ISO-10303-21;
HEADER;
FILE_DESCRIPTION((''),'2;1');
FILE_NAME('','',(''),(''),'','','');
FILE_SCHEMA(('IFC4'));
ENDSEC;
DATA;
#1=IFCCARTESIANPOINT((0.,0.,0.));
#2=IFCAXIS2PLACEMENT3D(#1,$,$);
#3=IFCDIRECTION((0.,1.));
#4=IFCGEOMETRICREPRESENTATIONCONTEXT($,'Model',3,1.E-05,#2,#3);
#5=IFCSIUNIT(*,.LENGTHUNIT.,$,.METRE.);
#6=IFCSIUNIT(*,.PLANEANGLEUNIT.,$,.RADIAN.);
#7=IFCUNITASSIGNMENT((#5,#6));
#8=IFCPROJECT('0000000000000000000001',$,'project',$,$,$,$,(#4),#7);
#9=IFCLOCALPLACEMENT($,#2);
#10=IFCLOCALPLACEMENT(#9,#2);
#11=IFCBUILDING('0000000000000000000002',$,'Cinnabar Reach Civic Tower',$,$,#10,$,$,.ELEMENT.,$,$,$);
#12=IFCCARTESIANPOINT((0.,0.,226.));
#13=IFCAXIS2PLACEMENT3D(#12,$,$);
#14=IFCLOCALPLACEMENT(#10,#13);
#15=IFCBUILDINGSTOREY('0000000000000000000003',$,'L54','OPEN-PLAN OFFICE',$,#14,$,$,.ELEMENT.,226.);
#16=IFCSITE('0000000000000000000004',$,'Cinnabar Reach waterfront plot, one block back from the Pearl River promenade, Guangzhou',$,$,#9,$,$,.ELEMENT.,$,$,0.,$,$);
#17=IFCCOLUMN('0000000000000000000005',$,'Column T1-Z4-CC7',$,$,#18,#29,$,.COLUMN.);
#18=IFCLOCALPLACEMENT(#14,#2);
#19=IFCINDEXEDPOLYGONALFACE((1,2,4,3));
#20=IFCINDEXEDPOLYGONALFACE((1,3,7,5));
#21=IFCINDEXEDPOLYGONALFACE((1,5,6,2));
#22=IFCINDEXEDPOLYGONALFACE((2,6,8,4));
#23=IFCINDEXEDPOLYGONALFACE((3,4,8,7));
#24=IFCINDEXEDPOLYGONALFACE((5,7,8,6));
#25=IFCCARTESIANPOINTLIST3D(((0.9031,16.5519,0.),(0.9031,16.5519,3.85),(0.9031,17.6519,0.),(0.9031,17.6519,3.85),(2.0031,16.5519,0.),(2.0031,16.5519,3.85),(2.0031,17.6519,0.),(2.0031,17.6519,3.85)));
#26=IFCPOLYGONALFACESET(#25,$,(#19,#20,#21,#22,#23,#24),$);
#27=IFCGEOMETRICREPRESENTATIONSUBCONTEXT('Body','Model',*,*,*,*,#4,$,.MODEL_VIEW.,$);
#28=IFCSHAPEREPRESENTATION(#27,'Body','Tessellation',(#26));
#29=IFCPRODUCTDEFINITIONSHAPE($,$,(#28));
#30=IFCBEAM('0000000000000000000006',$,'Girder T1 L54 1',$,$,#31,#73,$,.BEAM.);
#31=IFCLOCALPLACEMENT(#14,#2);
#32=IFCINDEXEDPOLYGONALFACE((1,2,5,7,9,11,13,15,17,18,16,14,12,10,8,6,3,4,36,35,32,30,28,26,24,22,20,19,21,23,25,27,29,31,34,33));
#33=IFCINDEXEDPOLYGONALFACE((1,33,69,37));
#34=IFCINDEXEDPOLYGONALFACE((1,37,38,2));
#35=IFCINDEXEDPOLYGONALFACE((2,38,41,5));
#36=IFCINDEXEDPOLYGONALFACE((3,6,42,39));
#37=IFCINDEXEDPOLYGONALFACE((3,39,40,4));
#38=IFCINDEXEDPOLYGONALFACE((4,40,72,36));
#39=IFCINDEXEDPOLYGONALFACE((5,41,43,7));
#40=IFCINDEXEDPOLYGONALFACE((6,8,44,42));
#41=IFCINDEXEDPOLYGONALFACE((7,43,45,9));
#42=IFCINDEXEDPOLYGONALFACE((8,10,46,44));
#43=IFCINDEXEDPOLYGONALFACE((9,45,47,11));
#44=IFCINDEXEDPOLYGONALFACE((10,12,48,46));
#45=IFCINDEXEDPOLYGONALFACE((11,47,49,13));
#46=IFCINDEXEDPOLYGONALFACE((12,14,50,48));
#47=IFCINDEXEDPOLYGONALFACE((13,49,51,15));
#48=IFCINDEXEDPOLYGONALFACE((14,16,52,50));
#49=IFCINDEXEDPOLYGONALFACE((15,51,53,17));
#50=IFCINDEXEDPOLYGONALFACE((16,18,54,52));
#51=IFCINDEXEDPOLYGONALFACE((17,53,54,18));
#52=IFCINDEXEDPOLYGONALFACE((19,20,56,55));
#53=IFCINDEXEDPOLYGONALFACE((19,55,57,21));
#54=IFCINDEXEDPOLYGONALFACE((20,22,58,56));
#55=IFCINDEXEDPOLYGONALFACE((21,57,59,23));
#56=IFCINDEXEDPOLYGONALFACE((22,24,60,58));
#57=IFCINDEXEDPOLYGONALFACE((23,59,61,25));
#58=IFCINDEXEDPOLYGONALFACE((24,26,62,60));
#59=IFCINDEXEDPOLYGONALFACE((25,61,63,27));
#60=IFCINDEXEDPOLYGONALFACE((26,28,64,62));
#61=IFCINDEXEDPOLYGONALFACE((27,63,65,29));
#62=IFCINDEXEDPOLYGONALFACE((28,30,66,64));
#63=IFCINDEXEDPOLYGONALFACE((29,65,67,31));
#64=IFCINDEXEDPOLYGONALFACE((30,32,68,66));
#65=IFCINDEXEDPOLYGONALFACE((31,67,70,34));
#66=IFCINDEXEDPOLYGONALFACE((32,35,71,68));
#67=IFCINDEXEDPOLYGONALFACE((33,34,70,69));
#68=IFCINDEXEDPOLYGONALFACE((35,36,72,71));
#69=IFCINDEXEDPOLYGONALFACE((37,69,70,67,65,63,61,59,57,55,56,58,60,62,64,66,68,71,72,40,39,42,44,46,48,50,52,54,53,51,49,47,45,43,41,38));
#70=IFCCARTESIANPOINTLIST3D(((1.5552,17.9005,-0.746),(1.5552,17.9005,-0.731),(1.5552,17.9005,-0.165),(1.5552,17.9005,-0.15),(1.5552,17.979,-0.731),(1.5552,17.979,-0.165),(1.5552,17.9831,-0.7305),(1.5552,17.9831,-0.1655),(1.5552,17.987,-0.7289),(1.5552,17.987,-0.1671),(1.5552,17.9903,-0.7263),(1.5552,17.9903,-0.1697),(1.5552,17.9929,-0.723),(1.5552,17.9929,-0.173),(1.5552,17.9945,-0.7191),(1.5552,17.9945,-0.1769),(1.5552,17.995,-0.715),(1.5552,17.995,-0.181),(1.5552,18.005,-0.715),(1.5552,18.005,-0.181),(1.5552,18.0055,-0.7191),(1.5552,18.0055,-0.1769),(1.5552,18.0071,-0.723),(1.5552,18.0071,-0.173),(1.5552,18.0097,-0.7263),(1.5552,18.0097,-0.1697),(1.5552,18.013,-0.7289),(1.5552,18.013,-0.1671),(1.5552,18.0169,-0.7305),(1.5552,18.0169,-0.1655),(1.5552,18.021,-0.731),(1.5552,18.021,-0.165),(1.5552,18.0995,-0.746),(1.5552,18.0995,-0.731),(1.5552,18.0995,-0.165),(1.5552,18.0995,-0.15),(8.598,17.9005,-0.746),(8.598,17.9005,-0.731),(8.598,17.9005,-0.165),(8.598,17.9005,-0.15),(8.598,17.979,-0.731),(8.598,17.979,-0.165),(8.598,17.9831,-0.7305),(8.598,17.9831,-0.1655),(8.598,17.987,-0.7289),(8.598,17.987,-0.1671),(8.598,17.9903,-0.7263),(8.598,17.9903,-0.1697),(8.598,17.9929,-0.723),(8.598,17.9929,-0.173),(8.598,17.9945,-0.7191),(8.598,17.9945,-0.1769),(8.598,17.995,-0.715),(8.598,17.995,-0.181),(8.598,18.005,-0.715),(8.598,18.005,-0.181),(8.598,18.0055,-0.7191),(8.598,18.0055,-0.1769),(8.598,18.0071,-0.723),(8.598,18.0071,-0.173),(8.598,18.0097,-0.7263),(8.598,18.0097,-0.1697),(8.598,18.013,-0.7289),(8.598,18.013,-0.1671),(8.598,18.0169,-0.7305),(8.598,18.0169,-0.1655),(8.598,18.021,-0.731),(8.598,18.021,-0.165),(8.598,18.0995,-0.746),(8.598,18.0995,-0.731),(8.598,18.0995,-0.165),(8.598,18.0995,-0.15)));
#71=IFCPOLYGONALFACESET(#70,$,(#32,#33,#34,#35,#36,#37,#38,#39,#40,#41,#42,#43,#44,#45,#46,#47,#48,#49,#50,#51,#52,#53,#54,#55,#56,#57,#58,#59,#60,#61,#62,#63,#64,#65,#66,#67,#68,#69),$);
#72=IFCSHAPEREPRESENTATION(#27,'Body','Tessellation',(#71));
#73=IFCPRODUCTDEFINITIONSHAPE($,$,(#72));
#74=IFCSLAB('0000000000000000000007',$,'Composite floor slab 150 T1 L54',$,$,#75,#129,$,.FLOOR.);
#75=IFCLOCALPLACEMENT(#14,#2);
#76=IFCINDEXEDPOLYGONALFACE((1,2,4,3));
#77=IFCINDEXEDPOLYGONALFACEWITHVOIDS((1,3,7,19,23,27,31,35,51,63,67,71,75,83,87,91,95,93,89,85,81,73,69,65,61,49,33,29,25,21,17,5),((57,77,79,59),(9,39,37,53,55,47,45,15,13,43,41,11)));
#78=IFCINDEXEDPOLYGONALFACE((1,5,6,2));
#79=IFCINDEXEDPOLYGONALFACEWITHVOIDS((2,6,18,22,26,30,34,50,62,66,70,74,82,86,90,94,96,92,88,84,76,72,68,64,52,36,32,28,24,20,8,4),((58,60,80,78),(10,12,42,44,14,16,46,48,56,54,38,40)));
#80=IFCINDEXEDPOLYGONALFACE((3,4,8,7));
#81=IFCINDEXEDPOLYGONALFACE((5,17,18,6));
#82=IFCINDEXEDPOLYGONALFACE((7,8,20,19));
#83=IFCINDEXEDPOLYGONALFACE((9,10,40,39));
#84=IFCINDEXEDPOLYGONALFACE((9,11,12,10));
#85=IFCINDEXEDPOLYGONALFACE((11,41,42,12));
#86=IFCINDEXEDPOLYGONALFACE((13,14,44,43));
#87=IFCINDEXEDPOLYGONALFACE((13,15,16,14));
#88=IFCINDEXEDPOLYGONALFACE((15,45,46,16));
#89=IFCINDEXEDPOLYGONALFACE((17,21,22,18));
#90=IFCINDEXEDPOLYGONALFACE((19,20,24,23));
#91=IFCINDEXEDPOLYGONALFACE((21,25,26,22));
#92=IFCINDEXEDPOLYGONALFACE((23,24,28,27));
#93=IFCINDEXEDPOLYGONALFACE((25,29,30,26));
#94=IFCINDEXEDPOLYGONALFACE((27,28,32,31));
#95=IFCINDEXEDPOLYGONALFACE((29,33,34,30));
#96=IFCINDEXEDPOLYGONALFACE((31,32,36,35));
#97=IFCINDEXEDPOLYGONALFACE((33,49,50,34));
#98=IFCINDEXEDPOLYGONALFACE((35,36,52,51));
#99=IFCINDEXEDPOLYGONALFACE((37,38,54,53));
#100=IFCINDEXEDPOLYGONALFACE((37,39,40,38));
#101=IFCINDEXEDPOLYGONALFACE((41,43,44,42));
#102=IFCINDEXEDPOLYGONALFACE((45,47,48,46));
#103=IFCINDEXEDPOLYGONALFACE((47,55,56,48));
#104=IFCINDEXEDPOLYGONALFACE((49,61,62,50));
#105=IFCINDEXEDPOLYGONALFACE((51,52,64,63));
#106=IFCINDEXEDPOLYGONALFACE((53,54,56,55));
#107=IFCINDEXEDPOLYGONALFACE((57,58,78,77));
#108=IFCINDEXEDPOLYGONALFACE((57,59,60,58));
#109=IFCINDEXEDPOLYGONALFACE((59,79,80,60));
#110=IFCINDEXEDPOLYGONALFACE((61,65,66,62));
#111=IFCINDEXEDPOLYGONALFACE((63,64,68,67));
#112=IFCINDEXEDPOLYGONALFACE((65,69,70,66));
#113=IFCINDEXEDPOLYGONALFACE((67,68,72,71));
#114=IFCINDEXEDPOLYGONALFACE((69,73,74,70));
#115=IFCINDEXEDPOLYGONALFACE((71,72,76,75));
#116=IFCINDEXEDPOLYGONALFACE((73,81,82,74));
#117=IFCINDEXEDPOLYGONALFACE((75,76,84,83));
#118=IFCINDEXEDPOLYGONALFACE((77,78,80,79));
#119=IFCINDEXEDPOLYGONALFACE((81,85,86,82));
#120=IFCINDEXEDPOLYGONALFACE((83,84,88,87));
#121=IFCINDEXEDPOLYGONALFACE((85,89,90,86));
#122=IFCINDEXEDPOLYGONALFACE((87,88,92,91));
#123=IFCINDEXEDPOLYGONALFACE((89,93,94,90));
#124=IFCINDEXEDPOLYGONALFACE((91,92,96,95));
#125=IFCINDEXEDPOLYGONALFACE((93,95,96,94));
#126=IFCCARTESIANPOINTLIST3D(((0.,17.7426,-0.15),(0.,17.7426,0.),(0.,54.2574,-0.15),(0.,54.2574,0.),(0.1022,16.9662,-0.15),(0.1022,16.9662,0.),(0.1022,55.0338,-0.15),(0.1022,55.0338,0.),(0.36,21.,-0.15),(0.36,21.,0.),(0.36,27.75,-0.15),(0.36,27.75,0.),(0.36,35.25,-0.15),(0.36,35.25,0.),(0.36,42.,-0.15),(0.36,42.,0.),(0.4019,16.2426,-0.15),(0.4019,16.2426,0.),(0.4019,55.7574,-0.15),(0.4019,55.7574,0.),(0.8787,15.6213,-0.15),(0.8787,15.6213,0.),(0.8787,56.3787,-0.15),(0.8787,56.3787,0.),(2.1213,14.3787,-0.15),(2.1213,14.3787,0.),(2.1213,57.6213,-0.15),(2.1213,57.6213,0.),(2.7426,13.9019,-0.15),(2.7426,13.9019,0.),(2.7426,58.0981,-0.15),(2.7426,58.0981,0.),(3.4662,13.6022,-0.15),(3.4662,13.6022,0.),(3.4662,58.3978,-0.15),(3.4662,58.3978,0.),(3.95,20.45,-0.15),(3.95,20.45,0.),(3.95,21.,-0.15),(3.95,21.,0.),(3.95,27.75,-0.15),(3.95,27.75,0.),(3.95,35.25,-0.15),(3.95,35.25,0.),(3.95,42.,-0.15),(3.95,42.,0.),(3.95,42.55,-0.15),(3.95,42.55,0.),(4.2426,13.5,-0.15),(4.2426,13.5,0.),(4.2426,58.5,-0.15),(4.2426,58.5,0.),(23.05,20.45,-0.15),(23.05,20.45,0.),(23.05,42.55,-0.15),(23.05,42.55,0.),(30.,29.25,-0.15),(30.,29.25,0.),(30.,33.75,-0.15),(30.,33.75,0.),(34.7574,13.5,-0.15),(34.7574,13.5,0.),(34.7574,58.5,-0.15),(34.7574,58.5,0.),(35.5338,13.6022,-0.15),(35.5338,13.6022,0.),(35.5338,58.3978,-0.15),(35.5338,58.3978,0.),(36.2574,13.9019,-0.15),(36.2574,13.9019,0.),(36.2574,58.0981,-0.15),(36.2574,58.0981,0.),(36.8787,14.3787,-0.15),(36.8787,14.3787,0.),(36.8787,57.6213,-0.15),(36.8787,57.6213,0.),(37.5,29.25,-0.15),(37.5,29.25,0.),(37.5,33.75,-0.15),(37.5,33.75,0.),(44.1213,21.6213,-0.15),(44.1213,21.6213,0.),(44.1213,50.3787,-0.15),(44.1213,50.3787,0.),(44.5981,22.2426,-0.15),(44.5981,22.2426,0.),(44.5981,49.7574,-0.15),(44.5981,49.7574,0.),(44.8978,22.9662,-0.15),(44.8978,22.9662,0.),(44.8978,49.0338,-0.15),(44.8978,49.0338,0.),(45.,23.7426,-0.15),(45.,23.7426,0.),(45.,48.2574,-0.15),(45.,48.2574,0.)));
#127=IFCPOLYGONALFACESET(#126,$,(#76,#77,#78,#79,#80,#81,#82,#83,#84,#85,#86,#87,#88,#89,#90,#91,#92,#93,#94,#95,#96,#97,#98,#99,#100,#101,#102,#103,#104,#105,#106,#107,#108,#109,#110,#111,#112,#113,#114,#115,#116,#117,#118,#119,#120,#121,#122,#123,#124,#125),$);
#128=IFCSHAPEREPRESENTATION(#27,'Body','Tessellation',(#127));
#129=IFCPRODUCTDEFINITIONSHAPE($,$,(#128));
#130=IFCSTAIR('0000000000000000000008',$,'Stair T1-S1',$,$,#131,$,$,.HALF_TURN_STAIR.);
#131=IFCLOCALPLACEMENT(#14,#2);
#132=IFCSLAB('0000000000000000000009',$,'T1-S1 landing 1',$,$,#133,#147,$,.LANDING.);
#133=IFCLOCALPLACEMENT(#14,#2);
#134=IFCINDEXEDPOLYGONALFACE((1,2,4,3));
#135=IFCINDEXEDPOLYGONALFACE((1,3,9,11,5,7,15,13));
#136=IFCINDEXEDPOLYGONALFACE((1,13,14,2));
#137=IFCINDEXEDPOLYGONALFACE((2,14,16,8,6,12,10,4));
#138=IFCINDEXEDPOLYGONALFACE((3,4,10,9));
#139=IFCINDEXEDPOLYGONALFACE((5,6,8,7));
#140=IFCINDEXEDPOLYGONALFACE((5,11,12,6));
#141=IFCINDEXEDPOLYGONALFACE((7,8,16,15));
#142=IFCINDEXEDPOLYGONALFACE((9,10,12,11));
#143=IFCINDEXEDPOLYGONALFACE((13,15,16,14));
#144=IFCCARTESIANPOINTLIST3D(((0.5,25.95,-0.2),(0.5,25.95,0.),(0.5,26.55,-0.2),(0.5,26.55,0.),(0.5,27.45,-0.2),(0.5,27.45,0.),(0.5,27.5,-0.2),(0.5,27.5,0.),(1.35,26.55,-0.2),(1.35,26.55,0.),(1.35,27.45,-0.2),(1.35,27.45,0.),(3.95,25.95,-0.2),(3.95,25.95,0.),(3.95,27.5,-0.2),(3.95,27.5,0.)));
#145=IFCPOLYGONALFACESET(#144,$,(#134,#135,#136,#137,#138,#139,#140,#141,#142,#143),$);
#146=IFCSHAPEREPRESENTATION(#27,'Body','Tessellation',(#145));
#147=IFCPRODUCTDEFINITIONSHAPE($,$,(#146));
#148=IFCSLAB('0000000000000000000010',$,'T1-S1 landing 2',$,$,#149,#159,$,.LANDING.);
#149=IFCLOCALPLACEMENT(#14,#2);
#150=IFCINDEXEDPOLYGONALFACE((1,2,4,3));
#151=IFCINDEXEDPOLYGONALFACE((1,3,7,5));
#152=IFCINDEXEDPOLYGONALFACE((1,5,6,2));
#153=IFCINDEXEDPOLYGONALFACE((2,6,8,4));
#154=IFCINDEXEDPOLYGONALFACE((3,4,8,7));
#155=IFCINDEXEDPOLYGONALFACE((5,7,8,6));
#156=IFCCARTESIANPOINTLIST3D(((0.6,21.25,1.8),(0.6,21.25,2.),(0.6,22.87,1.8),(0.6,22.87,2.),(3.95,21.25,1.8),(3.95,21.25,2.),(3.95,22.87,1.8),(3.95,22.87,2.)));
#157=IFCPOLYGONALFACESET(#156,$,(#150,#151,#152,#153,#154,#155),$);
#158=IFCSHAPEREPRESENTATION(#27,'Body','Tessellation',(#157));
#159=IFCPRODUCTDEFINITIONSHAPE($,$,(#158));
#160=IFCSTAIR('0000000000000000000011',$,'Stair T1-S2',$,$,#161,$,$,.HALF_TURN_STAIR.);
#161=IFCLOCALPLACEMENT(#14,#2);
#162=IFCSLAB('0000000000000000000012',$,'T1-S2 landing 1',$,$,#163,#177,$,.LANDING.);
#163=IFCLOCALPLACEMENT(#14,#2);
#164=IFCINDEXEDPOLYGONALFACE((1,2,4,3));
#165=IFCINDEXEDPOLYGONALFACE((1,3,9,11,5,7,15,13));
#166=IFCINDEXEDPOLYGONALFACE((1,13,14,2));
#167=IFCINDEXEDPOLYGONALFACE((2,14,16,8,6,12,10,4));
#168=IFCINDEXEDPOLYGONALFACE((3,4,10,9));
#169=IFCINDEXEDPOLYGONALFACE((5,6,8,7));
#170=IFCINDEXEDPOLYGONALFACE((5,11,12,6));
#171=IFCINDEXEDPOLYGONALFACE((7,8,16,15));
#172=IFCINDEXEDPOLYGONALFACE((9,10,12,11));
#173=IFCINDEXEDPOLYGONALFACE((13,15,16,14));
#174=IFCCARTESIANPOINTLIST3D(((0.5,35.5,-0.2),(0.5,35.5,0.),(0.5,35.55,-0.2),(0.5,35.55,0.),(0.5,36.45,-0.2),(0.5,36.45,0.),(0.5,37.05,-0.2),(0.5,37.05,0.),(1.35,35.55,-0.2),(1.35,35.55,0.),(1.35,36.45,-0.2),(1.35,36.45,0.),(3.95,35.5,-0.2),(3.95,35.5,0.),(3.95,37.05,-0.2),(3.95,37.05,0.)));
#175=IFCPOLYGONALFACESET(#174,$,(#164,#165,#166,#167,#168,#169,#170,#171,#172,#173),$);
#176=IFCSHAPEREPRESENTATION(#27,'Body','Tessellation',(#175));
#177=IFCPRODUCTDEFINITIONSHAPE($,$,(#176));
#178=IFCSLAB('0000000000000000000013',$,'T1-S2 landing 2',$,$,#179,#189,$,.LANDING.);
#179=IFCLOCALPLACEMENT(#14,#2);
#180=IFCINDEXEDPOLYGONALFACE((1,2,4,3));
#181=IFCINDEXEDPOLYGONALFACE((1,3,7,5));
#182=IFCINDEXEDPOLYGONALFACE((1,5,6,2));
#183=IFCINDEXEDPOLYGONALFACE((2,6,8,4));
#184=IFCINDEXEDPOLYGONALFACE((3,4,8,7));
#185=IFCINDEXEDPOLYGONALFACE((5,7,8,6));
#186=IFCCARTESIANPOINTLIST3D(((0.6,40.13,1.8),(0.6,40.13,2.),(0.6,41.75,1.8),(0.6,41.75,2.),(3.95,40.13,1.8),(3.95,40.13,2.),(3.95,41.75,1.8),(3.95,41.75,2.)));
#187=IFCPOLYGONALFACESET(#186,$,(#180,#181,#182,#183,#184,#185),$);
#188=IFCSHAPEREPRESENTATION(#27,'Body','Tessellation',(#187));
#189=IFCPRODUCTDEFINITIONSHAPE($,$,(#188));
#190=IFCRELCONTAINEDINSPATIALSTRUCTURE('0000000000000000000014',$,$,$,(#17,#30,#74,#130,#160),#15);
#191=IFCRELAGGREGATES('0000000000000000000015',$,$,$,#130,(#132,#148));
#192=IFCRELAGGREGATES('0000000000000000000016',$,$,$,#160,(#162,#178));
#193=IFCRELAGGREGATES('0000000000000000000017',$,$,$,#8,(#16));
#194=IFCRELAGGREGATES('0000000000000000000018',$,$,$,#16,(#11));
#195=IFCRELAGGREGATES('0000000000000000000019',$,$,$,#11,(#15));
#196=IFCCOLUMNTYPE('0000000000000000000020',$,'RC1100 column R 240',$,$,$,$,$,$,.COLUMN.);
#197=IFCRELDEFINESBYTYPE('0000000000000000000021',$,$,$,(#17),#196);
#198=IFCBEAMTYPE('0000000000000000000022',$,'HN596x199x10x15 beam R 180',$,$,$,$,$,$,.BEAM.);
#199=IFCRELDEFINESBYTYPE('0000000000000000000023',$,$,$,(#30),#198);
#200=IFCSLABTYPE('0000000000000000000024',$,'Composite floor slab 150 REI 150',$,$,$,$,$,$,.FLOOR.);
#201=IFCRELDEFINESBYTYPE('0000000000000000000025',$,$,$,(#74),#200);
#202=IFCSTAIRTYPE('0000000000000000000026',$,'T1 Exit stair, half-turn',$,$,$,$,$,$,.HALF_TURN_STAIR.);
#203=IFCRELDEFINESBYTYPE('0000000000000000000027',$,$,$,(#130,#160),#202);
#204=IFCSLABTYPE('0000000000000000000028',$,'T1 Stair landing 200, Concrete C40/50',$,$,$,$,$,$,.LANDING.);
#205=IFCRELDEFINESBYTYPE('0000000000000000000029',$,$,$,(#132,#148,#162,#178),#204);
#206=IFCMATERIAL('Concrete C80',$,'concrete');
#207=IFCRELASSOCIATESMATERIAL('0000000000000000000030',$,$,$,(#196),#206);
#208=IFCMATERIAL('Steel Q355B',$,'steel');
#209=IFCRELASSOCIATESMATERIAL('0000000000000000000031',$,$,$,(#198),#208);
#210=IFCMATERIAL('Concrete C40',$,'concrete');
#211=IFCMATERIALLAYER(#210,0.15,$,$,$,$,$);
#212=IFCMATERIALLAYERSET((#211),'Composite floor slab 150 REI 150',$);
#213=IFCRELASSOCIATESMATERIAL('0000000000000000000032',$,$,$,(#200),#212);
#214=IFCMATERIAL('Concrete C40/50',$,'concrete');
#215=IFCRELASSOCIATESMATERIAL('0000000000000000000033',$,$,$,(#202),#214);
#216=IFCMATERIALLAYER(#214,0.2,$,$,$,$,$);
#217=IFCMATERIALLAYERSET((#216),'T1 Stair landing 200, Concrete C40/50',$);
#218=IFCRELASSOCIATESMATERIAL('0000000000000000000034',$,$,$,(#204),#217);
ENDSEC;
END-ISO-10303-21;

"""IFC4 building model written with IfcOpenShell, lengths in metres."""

from ifc_helpers import new_model, si_unit, direction, frame, origin, origin_2d, place, context, subcontext, project, spatial, polyline, rectangle, i_section, outline, extrude, material, layer, layer_set, material_profile, profile_set, type_object, element, aggregate, save


model = new_model("IFC4")

# Units and contexts
model_context = context("Model", 3, precision=1e-05, world=origin(), true_north=direction((0.0, 1.0)))
body_context = subcontext(model_context, "Body", "Model", "MODEL_VIEW")
ifc_project = project(units=[si_unit("LENGTHUNIT", "METRE"), si_unit("PLANEANGLEUNIT", "RADIAN")], contexts=[model_context])

# Site, building, storey
site_placement = place(None, origin())
site = spatial("IfcSite", under=ifc_project, at=site_placement, Name="Cinnabar Reach waterfront plot, one block back from the Pearl River promenade, Guangzhou", CompositionType="ELEMENT", RefElevation=0.0)
building_placement = place(site_placement, origin())
building = spatial("IfcBuilding", under=site, at=building_placement, Name="Cinnabar Reach Civic Tower", CompositionType="ELEMENT")
storey_placement = place(building_placement, frame((0.0, 0.0, 226.0)))
storey = spatial("IfcBuildingStorey", under=building, at=storey_placement, Name="L54", Description="OPEN-PLAN OFFICE", CompositionType="ELEMENT", Elevation=226.0)

# Column
ifc_material_1 = material(Name="Concrete C80", Category="concrete")
ifc_material_profile_1 = material_profile(ifc_material_1, rectangle(XDim=1.1, YDim=1.1, at=origin_2d()), Name="RC1100")
ifc_profile_set_1 = profile_set([ifc_material_profile_1], Name="Concrete C80")
column_type = type_object("IfcColumnType", Name="RC1100 column R 240", PredefinedType="COLUMN", material=ifc_profile_set_1)
column_placement = place(storey_placement, frame((1.4531, 17.1019, 0.0), z_axis=(0.0, 0.0, 1.0), x_axis=(1.0, 0.0, 0.0)))
element("IfcColumn", 1, at=column_placement, inside=storey, type_object=column_type, Name="Column T1-Z4-CC7", PredefinedType="COLUMN", context=body_context, shape_type="SweptSolid", body=[
    extrude(rectangle(XDim=1.1, YDim=1.1, at=origin_2d()), origin(), (0.0, 0.0, 1.0), 3.85),
])

# Beam
ifc_material_2 = material(Name="Steel Q355B", Category="steel")
ifc_material_profile_2 = material_profile(ifc_material_2, i_section(OverallWidth=0.199, OverallDepth=0.596, WebThickness=0.01, FlangeThickness=0.015, FilletRadius=0.016, at=origin_2d()), Name="HN596x199x10x15")
ifc_profile_set_2 = profile_set([ifc_material_profile_2], Name="Steel Q355B")
beam_type = type_object("IfcBeamType", Name="HN596x199x10x15 beam R 180", PredefinedType="BEAM", material=ifc_profile_set_2)
beam_placement = place(storey_placement, frame((1.5552, 18.0, -0.448), z_axis=(1.0, 0.0, 0.0), x_axis=(0.0, 1.0, 0.0)))
element("IfcBeam", 2, at=beam_placement, inside=storey, type_object=beam_type, Name="Girder T1 L54 1", PredefinedType="BEAM", context=body_context, shape_type="SweptSolid", body=[
    extrude(i_section(OverallWidth=0.199, OverallDepth=0.596, WebThickness=0.01, FlangeThickness=0.015, FilletRadius=0.016, at=origin_2d()), origin(), (0.0, 0.0, 1.0), 7.0428),
])

# Slab
ifc_material_3 = material(Name="Concrete C40", Category="concrete")
ifc_layer_1 = layer(ifc_material_3, 0.15)
ifc_layer_set_1 = layer_set([ifc_layer_1], Name="Composite floor slab 150 REI 150")
slab_type_1 = type_object("IfcSlabType", Name="Composite floor slab 150 REI 150", PredefinedType="FLOOR", material=ifc_layer_set_1)
slab_1_placement = place(storey_placement, frame((0.0, 0.0, -0.15)))
element("IfcSlab", 3, at=slab_1_placement, inside=storey, type_object=slab_type_1, Name="Composite floor slab 150 T1 L54", PredefinedType="FLOOR", context=body_context, shape_type="SweptSolid", body=[
    extrude(outline(polyline([(0.8787, 15.6213), (0.4019, 16.2426), (0.1022, 16.9662), (0.0, 17.7426), (0.0, 54.2574), (0.1022, 55.0338), (0.4019, 55.7574), (0.8787, 56.3787), (2.1213, 57.6213), (2.7426, 58.0981), (3.4662, 58.3978), (4.2426, 58.5), (34.7574, 58.5), (35.5338, 58.3978), (36.2574, 58.0981), (36.8787, 57.6213), (44.1213, 50.3787), (44.5981, 49.7574), (44.8978, 49.0338), (45.0, 48.2574), (45.0, 23.7426), (44.8978, 22.9662), (44.5981, 22.2426), (44.1213, 21.6213), (36.8787, 14.3787), (36.2574, 13.9019), (35.5338, 13.6022), (34.7574, 13.5), (4.2426, 13.5), (3.4662, 13.6022), (2.7426, 13.9019), (2.1213, 14.3787), (0.8787, 15.6213)]), holes=[polyline([(0.36, 21.0), (3.95, 21.0), (3.95, 20.45), (23.05, 20.45), (23.05, 42.55), (3.95, 42.55), (3.95, 42.0), (0.36, 42.0), (0.36, 35.25), (3.95, 35.25), (3.95, 27.75), (0.36, 27.75), (0.36, 21.0)]), polyline([(30.0, 33.75), (30.0, 29.25), (37.5, 29.25), (37.5, 33.75), (30.0, 33.75)])]), origin(), (0.0, 0.0, 1.0), 0.15),
])

# Stairs, slabs
ifc_material_4 = material(Name="Concrete C40/50", Category="concrete")
stair_type = type_object("IfcStairType", Name="T1 Exit stair, half-turn", PredefinedType="HALF_TURN_STAIR", material=ifc_material_4)
stair_1_placement = place(storey_placement, origin())
stair_1 = element("IfcStair", 4, at=stair_1_placement, inside=storey, type_object=stair_type, Name="Stair T1-S1", PredefinedType="HALF_TURN_STAIR")
ifc_layer_2 = layer(ifc_material_4, 0.2)
ifc_layer_set_2 = layer_set([ifc_layer_2], Name="T1 Stair landing 200, Concrete C40/50")
slab_type_2 = type_object("IfcSlabType", Name="T1 Stair landing 200, Concrete C40/50", PredefinedType="LANDING", material=ifc_layer_set_2)
slab_2_placement = place(storey_placement, frame((0.0, 0.0, -0.2)))
slab_2 = element("IfcSlab", 5, at=slab_2_placement, type_object=slab_type_2, Name="T1-S1 landing 1", PredefinedType="LANDING", context=body_context, shape_type="SweptSolid", body=[
    extrude(outline(polyline([(0.5, 27.5), (3.95, 27.5), (3.95, 25.95), (0.5, 25.95), (0.5, 26.55), (1.35, 26.55), (1.35, 27.45), (0.5, 27.45), (0.5, 27.5)])), origin(), (0.0, 0.0, 1.0), 0.2),
])
slab_3_placement = place(storey_placement, frame((0.0, 0.0, 1.8)))
slab_3 = element("IfcSlab", 6, at=slab_3_placement, type_object=slab_type_2, Name="T1-S1 landing 2", PredefinedType="LANDING", context=body_context, shape_type="SweptSolid", body=[
    extrude(outline(polyline([(0.6, 21.25), (0.6, 22.87), (3.95, 22.87), (3.95, 21.25), (0.6, 21.25)])), origin(), (0.0, 0.0, 1.0), 0.2),
])
aggregate(stair_1, [slab_2, slab_3])
stair_2_placement = place(storey_placement, origin())
stair_2 = element("IfcStair", 7, at=stair_2_placement, inside=storey, type_object=stair_type, Name="Stair T1-S2", PredefinedType="HALF_TURN_STAIR")
slab_4_placement = place(storey_placement, frame((0.0, 0.0, -0.2)))
slab_4 = element("IfcSlab", 8, at=slab_4_placement, type_object=slab_type_2, Name="T1-S2 landing 1", PredefinedType="LANDING", context=body_context, shape_type="SweptSolid", body=[
    extrude(outline(polyline([(0.5, 37.05), (3.95, 37.05), (3.95, 35.5), (0.5, 35.5), (0.5, 35.55), (1.35, 35.55), (1.35, 36.45), (0.5, 36.45), (0.5, 37.05)])), origin(), (0.0, 0.0, 1.0), 0.2),
])
slab_5_placement = place(storey_placement, frame((0.0, 0.0, 1.8)))
slab_5 = element("IfcSlab", 9, at=slab_5_placement, type_object=slab_type_2, Name="T1-S2 landing 2", PredefinedType="LANDING", context=body_context, shape_type="SweptSolid", body=[
    extrude(outline(polyline([(0.6, 40.13), (0.6, 41.75), (3.95, 41.75), (3.95, 40.13), (0.6, 40.13)])), origin(), (0.0, 0.0, 1.0), 0.2),
])
aggregate(stair_2, [slab_4, slab_5])

save(model, "model.ifc")
